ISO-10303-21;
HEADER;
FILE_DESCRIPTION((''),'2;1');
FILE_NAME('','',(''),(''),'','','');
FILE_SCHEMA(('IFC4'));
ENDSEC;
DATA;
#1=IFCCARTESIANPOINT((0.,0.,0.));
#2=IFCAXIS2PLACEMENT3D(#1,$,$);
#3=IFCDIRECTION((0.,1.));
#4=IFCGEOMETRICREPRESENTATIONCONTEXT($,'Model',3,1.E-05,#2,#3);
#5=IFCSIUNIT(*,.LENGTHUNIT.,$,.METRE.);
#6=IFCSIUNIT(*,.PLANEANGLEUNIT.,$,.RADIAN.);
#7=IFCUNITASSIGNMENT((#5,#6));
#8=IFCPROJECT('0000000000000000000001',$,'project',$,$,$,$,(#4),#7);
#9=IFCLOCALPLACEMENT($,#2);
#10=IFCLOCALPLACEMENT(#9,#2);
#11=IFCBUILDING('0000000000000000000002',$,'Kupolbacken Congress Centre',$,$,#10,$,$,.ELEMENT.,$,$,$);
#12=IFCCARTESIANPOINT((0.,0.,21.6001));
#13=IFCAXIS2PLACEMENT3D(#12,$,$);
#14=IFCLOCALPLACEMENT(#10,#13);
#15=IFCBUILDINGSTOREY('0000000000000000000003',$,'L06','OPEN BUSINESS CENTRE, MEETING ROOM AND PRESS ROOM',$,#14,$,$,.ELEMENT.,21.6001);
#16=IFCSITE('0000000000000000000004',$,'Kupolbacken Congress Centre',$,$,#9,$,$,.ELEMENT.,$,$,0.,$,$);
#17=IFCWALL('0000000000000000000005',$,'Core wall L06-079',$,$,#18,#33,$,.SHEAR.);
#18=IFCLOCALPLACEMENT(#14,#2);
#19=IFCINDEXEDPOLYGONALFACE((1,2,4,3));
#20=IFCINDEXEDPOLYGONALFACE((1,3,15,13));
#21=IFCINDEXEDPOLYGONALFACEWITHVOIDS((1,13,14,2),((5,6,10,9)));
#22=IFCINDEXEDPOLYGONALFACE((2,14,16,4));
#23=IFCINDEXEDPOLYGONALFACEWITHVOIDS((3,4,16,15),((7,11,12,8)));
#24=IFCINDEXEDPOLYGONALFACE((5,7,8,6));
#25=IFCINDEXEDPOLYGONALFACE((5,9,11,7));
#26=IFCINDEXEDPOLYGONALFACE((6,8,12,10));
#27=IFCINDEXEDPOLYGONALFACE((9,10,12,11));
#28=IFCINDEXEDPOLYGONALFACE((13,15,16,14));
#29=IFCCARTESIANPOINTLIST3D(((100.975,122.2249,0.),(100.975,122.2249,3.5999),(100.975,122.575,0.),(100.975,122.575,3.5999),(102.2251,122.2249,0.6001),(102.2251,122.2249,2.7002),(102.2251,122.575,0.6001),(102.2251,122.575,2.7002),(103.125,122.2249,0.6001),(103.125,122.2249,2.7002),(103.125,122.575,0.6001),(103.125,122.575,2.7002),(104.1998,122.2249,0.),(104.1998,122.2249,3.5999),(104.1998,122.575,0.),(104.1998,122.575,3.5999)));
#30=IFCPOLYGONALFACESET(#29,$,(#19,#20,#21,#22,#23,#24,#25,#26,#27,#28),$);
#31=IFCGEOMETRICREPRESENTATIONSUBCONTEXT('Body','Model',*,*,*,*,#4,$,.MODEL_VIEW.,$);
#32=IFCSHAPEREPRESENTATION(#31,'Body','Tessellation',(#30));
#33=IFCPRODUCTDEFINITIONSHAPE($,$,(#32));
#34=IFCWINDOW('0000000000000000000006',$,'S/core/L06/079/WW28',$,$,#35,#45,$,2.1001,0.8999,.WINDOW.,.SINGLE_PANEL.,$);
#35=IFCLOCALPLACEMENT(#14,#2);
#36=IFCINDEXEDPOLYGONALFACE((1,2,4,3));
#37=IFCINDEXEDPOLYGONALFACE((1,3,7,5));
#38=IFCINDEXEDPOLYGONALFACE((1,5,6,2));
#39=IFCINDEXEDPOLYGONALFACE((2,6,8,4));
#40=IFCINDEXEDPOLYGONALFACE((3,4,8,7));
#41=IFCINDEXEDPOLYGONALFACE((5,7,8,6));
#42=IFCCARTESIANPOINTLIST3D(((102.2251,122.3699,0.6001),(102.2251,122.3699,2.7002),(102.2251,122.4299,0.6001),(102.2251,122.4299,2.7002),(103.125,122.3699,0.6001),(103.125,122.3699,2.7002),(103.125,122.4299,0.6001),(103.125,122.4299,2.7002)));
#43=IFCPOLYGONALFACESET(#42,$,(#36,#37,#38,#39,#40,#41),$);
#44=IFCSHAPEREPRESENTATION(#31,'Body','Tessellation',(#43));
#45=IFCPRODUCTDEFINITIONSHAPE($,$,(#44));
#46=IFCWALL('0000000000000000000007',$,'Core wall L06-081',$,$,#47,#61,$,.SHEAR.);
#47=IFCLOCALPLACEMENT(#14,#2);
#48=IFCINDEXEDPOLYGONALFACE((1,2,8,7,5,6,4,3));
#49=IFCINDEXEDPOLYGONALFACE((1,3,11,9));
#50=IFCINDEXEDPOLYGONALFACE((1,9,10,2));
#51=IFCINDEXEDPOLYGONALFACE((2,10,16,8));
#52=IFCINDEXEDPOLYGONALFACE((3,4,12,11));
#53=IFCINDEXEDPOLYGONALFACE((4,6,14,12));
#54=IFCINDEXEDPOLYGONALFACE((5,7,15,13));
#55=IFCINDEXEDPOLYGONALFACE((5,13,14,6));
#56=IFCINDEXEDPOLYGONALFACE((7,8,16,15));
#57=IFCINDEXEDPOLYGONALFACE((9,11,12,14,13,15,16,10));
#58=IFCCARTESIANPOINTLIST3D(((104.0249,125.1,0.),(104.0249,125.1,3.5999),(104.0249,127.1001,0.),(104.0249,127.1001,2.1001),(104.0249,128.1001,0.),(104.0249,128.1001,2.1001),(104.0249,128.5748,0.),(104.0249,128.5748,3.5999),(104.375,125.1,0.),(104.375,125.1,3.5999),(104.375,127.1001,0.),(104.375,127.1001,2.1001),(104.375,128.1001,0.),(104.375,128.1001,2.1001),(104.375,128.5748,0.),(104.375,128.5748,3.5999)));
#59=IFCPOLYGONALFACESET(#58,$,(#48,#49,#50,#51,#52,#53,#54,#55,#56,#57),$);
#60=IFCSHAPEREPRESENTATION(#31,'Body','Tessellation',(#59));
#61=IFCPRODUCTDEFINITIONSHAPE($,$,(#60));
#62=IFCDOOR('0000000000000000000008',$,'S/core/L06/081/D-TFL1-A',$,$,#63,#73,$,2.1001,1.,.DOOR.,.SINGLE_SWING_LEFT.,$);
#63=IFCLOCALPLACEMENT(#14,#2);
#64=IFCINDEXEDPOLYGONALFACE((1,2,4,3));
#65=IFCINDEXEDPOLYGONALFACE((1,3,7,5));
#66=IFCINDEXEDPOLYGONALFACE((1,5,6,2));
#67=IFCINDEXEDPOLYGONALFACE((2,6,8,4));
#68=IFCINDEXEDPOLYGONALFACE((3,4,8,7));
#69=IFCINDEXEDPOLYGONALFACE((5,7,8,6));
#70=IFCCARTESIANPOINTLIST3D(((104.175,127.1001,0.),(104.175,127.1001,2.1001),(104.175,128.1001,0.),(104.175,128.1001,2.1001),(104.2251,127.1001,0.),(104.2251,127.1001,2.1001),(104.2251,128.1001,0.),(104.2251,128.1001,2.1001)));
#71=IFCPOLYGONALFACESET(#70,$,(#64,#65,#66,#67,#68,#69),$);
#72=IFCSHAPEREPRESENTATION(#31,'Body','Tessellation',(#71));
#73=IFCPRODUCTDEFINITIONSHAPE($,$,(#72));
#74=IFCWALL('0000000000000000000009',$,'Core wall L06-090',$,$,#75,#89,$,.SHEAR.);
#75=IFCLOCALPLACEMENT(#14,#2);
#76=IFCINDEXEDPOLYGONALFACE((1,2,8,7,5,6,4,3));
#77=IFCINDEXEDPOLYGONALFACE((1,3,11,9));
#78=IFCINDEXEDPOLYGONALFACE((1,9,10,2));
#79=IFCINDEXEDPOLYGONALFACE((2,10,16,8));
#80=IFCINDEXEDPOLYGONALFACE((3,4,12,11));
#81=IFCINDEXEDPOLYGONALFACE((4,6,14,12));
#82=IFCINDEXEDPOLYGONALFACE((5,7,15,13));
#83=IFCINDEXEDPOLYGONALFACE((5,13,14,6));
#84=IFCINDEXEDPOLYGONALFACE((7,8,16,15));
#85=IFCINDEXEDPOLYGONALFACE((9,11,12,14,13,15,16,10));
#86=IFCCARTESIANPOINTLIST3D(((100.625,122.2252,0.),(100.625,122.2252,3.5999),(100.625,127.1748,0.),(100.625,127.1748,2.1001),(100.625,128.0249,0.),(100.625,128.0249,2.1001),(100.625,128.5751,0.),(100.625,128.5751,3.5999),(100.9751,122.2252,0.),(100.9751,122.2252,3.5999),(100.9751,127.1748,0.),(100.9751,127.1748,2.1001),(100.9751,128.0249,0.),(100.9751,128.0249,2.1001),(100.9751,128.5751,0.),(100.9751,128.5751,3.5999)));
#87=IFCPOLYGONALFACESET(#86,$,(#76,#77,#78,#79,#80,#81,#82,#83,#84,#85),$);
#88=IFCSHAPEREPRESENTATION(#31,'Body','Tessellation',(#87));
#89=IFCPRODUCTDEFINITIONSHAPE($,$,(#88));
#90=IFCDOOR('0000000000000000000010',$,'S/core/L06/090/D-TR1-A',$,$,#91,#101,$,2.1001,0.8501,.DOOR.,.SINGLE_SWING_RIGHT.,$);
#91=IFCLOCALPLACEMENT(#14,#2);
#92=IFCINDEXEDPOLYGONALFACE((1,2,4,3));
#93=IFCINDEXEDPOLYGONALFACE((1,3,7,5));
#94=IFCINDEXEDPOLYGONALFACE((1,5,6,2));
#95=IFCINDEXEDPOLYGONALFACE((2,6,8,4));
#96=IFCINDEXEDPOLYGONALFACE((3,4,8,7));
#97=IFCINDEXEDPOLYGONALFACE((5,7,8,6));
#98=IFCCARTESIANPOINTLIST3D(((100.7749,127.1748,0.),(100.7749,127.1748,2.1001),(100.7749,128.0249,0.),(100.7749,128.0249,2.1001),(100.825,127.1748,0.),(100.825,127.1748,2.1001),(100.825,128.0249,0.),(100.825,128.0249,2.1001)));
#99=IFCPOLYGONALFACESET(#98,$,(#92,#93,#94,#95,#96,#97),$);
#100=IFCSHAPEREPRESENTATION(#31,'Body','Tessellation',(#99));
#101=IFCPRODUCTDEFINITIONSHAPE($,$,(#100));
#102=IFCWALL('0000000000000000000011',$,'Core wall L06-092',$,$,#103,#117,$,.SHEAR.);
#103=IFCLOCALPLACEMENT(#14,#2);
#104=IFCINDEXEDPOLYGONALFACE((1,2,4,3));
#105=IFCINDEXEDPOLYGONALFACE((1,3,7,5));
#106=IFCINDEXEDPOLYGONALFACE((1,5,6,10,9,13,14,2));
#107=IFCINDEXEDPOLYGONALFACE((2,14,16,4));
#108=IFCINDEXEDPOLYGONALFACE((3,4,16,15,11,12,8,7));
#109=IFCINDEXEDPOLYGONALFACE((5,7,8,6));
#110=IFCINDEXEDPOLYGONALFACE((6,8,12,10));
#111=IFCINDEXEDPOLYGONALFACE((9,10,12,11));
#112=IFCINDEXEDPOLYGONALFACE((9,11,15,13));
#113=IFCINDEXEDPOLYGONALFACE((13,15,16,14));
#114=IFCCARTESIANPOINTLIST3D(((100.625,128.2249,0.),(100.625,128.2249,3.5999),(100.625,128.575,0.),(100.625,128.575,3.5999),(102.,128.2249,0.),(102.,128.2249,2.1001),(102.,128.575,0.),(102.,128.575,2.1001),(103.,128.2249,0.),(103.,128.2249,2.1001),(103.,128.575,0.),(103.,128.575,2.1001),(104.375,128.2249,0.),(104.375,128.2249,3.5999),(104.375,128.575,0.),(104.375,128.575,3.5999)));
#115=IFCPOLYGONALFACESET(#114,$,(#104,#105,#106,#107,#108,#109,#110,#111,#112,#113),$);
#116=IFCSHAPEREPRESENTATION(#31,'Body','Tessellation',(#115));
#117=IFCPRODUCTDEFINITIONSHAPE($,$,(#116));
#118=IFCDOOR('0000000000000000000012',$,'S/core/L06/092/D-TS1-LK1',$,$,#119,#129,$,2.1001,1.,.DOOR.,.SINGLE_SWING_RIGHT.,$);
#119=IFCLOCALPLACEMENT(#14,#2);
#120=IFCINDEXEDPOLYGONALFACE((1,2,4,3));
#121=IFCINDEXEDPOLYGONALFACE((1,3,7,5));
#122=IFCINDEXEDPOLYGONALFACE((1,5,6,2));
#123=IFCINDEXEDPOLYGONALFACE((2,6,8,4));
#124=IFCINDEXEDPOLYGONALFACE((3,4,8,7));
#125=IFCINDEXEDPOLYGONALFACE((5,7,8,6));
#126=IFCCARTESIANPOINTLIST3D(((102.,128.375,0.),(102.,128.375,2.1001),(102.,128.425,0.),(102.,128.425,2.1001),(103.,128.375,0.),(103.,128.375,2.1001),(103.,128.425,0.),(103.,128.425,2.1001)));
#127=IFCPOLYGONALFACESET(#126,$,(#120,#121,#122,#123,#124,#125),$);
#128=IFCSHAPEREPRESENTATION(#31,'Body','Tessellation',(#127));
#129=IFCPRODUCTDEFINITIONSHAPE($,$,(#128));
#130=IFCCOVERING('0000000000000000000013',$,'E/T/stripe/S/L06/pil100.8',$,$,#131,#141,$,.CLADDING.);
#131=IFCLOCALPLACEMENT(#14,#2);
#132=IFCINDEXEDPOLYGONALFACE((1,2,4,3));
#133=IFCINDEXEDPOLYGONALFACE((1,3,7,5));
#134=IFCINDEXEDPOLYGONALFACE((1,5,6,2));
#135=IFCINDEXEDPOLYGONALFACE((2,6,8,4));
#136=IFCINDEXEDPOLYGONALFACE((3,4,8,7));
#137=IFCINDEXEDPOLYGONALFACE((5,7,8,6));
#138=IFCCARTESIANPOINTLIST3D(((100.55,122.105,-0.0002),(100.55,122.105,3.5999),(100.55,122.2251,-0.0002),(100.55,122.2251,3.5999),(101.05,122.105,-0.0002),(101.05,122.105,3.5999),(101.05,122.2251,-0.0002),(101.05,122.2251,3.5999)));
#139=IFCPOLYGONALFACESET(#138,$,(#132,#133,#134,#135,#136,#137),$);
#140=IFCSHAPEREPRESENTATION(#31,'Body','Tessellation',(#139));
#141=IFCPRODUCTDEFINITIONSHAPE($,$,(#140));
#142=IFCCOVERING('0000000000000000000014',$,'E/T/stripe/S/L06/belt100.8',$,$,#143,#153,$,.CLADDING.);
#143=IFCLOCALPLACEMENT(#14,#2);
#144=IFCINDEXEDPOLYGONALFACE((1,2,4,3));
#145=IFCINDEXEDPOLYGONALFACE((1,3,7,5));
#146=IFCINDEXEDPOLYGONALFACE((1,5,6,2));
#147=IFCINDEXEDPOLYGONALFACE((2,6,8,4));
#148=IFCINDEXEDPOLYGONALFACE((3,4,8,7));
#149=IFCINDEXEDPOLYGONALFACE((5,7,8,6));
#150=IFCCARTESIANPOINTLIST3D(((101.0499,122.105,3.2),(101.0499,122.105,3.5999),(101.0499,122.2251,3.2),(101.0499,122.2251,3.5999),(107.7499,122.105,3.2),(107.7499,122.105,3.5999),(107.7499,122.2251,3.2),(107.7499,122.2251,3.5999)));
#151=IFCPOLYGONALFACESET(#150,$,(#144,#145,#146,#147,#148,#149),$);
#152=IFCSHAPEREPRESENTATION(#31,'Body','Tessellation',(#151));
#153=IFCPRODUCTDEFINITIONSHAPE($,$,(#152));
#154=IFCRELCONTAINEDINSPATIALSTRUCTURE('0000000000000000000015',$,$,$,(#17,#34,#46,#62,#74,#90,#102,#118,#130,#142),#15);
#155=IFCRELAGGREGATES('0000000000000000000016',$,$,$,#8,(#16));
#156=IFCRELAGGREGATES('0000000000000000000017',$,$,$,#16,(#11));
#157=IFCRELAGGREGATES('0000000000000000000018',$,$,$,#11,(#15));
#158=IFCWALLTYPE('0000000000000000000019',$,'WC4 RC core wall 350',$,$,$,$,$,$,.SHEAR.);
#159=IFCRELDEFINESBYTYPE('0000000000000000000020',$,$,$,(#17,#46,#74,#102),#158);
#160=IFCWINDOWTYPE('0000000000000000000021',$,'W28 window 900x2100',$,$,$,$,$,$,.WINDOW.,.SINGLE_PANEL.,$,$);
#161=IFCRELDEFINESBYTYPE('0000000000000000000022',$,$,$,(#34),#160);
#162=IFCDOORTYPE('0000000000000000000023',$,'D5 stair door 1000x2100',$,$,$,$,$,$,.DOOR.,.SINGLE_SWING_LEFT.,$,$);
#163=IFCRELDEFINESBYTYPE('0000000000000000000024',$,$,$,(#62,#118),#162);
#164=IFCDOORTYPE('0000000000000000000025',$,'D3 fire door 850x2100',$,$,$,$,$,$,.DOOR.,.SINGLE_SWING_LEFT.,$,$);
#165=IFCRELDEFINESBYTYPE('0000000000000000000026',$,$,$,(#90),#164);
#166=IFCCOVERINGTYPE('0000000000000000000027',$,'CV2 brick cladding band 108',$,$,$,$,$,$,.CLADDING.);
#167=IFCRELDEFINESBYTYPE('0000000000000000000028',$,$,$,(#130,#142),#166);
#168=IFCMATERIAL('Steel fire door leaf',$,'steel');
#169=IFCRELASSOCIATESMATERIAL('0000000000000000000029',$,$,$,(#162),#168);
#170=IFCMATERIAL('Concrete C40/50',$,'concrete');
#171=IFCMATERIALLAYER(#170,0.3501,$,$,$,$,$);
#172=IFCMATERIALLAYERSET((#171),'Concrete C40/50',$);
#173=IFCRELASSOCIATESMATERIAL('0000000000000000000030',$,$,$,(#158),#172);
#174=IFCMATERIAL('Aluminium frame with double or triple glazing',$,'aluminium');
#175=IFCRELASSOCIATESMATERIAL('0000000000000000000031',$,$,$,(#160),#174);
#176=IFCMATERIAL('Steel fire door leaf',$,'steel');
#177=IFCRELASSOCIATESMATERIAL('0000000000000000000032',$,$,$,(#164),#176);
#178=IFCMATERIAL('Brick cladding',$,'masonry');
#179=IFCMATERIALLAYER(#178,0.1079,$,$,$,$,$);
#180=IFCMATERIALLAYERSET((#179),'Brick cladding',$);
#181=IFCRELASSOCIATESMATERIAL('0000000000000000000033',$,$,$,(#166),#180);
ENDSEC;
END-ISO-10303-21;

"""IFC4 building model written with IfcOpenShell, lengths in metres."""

from ifc_helpers import new_model, si_unit, direction, frame, frame_2d, origin, origin_2d, place, context, subcontext, project, spatial, rectangle, extrude, material, layer, layer_set, type_object, element, fill, save


model = new_model("IFC4")

# Units and contexts
model_context = context("Model", 3, precision=1e-05, world=origin(), true_north=direction((0.0, 1.0)))
body_context = subcontext(model_context, "Body", "Model", "MODEL_VIEW")
ifc_project = project(units=[si_unit("LENGTHUNIT", "METRE"), si_unit("PLANEANGLEUNIT", "RADIAN")], contexts=[model_context])

# Site, building, storey
site_placement = place(None, origin())
site = spatial("IfcSite", under=ifc_project, at=site_placement, Name="Kupolbacken Congress Centre", CompositionType="ELEMENT", RefElevation=0.0)
building_placement = place(site_placement, origin())
building = spatial("IfcBuilding", under=site, at=building_placement, Name="Kupolbacken Congress Centre", CompositionType="ELEMENT")
storey_placement = place(building_placement, frame((0.0, 0.0, 21.6001)))
storey = spatial("IfcBuildingStorey", under=building, at=storey_placement, Name="L06", Description="OPEN BUSINESS CENTRE, MEETING ROOM AND PRESS ROOM", CompositionType="ELEMENT", Elevation=21.6001)

# Shared definitions
ifc_material_1 = material(Name="Steel fire door leaf", Category="steel")
door_type_1 = type_object("IfcDoorType", Name="D5 stair door 1000x2100", OperationType="SINGLE_SWING_LEFT", PredefinedType="DOOR", material=ifc_material_1)

# Wall, opening, window
ifc_material_2 = material(Name="Concrete C40/50", Category="concrete")
ifc_layer_1 = layer(ifc_material_2, 0.3501)
ifc_layer_set_1 = layer_set([ifc_layer_1], Name="Concrete C40/50")
wall_type_1 = type_object("IfcWallType", Name="WC4 RC core wall 350", PredefinedType="SHEAR", material=ifc_layer_set_1)
wall_1_placement = place(storey_placement, frame((100.9751, 122.3999, 0.0), z_axis=(0.0, 0.0, 1.0), x_axis=(1.0, 0.0, 0.0)))
wall_1 = element("IfcWall", 1, at=wall_1_placement, inside=storey, type_object=wall_type_1, Name="Core wall L06-079", PredefinedType="SHEAR", context=body_context, shape_type="SweptSolid", body=[
    extrude(rectangle(XDim=3.2249, YDim=0.3501, at=frame_2d((1.6123, 0.0))), origin(), (0.0, 0.0, 1.0), 3.5999),
])
opening_1_placement = place(wall_1_placement, frame((1.25, 0.0, 0.6001)))
opening_1 = element("IfcOpeningElement", 2, at=opening_1_placement, cuts=wall_1, PredefinedType="OPENING", context=body_context, shape_type="SweptSolid", body=[
    extrude(rectangle(XDim=0.8999, YDim=2.1001, at=frame_2d((0.45, 1.05))), frame((0.0, 0.1851, 0.0), z_axis=(0.0, -1.0, 0.0), x_axis=(1.0, 0.0, 0.0)), (0.0, 0.0, 1.0), 0.3701),
])
ifc_material_3 = material(Name="Aluminium frame with double or triple glazing", Category="aluminium")
window_type = type_object("IfcWindowType", Name="W28 window 900x2100", PartitioningType="SINGLE_PANEL", PredefinedType="WINDOW", material=ifc_material_3)
window_placement = place(opening_1_placement, origin())
window = element("IfcWindow", 3, at=window_placement, inside=storey, type_object=window_type, Name="S/core/L06/079/WW28", OverallHeight=2.1001, OverallWidth=0.8999, PartitioningType="SINGLE_PANEL", PredefinedType="WINDOW", context=body_context, shape_type="SweptSolid", body=[
    extrude(rectangle(XDim=0.8999, YDim=2.1001, at=frame_2d((0.45, 1.05))), frame((0.0, 0.03, 0.0), z_axis=(0.0, -1.0, 0.0), x_axis=(1.0, 0.0, 0.0)), (0.0, 0.0, 1.0), 0.0601),
])
fill(opening_1, window)

# Walls, openings, doors
wall_2_placement = place(storey_placement, frame((104.2, 125.1001, 0.0), z_axis=(0.0, 0.0, 1.0), x_axis=(0.0, 1.0, 0.0)))
wall_2 = element("IfcWall", 4, at=wall_2_placement, inside=storey, type_object=wall_type_1, Name="Core wall L06-081", PredefinedType="SHEAR", context=body_context, shape_type="SweptSolid", body=[
    extrude(rectangle(XDim=3.4749, YDim=0.3501, at=frame_2d((1.7373, 0.0))), origin(), (0.0, 0.0, 1.0), 3.5999),
])
opening_2_placement = place(wall_2_placement, frame((2.0, 0.0, 0.0)))
opening_2 = element("IfcOpeningElement", 5, at=opening_2_placement, cuts=wall_2, PredefinedType="OPENING", context=body_context, shape_type="SweptSolid", body=[
    extrude(rectangle(XDim=1.0, YDim=2.1001, at=frame_2d((0.5, 1.05))), frame((0.0, 0.1851, 0.0), z_axis=(0.0, -1.0, 0.0), x_axis=(1.0, 0.0, 0.0)), (0.0, 0.0, 1.0), 0.3701),
])
door_1_placement = place(opening_2_placement, origin())
door_1 = element("IfcDoor", 6, at=door_1_placement, inside=storey, type_object=door_type_1, Name="S/core/L06/081/D-TFL1-A", OperationType="SINGLE_SWING_LEFT", OverallHeight=2.1001, OverallWidth=1.0, PredefinedType="DOOR", context=body_context, shape_type="SweptSolid", body=[
    extrude(rectangle(XDim=1.0, YDim=2.1001, at=frame_2d((0.5, 1.05))), frame((0.0, 0.0249, 0.0), z_axis=(0.0, -1.0, 0.0), x_axis=(1.0, 0.0, 0.0)), (0.0, 0.0, 1.0), 0.05),
])
fill(opening_2, door_1)
wall_3_placement = place(storey_placement, frame((100.8, 128.575, 0.0), z_axis=(0.0, 0.0, 1.0), x_axis=(0.0, -1.0, 0.0)))
wall_3 = element("IfcWall", 7, at=wall_3_placement, inside=storey, type_object=wall_type_1, Name="Core wall L06-090", PredefinedType="SHEAR", context=body_context, shape_type="SweptSolid", body=[
    extrude(rectangle(XDim=6.3499, YDim=0.3501, at=frame_2d((3.1748, 0.0))), origin(), (0.0, 0.0, 1.0), 3.5999),
])
opening_3_placement = place(wall_3_placement, frame((0.55, 0.0, 0.0)))
opening_3 = element("IfcOpeningElement", 8, at=opening_3_placement, cuts=wall_3, PredefinedType="OPENING", context=body_context, shape_type="SweptSolid", body=[
    extrude(rectangle(XDim=0.8501, YDim=2.1001, at=frame_2d((0.425, 1.05))), frame((0.0, 0.1851, 0.0), z_axis=(0.0, -1.0, 0.0), x_axis=(1.0, 0.0, 0.0)), (0.0, 0.0, 1.0), 0.3701),
])
ifc_material_4 = material(Name="Steel fire door leaf", Category="steel")
door_type_2 = type_object("IfcDoorType", Name="D3 fire door 850x2100", OperationType="SINGLE_SWING_LEFT", PredefinedType="DOOR", material=ifc_material_4)
door_2_placement = place(opening_3_placement, origin())
door_2 = element("IfcDoor", 9, at=door_2_placement, inside=storey, type_object=door_type_2, Name="S/core/L06/090/D-TR1-A", OperationType="SINGLE_SWING_RIGHT", OverallHeight=2.1001, OverallWidth=0.8501, PredefinedType="DOOR", context=body_context, shape_type="SweptSolid", body=[
    extrude(rectangle(XDim=0.8501, YDim=2.1001, at=frame_2d((0.425, 1.05))), frame((0.0, 0.0249, 0.0), z_axis=(0.0, -1.0, 0.0), x_axis=(1.0, 0.0, 0.0)), (0.0, 0.0, 1.0), 0.05),
])
fill(opening_3, door_2)
wall_4_placement = place(storey_placement, frame((104.375, 128.3999, 0.0), z_axis=(0.0, 0.0, 1.0), x_axis=(-1.0, 0.0, 0.0)))
wall_4 = element("IfcWall", 10, at=wall_4_placement, inside=storey, type_object=wall_type_1, Name="Core wall L06-092", PredefinedType="SHEAR", context=body_context, shape_type="SweptSolid", body=[
    extrude(rectangle(XDim=3.75, YDim=0.3501, at=frame_2d((1.875, 0.0))), origin(), (0.0, 0.0, 1.0), 3.5999),
])
opening_4_placement = place(wall_4_placement, frame((1.375, 0.0, 0.0)))
opening_4 = element("IfcOpeningElement", 11, at=opening_4_placement, cuts=wall_4, PredefinedType="OPENING", context=body_context, shape_type="SweptSolid", body=[
    extrude(rectangle(XDim=1.0, YDim=2.1001, at=frame_2d((0.5, 1.05))), frame((0.0, 0.1851, 0.0), z_axis=(0.0, -1.0, 0.0), x_axis=(1.0, 0.0, 0.0)), (0.0, 0.0, 1.0), 0.3701),
])
door_3_placement = place(opening_4_placement, origin())
door_3 = element("IfcDoor", 12, at=door_3_placement, inside=storey, type_object=door_type_1, Name="S/core/L06/092/D-TS1-LK1", OperationType="SINGLE_SWING_RIGHT", OverallHeight=2.1001, OverallWidth=1.0, PredefinedType="DOOR", context=body_context, shape_type="SweptSolid", body=[
    extrude(rectangle(XDim=1.0, YDim=2.1001, at=frame_2d((0.5, 1.05))), frame((0.0, 0.0249, 0.0), z_axis=(0.0, -1.0, 0.0), x_axis=(1.0, 0.0, 0.0)), (0.0, 0.0, 1.0), 0.05),
])
fill(opening_4, door_3)

# Coverings
ifc_material_5 = material(Name="Brick cladding", Category="masonry")
ifc_layer_2 = layer(ifc_material_5, 0.1079)
ifc_layer_set_2 = layer_set([ifc_layer_2], Name="Brick cladding")
covering_type = type_object("IfcCoveringType", Name="CV2 brick cladding band 108", PredefinedType="CLADDING", material=ifc_layer_set_2)
covering_1_placement = place(storey_placement, frame((100.8, 122.165, -0.0002), z_axis=(0.0, 0.0, 1.0), x_axis=(1.0, 0.0, 0.0)))
element("IfcCovering", 13, at=covering_1_placement, inside=storey, type_object=covering_type, Name="E/T/stripe/S/L06/pil100.8", PredefinedType="CLADDING", context=body_context, shape_type="SweptSolid", body=[
    extrude(rectangle(XDim=0.5, YDim=0.1201, at=origin_2d()), origin(), (0.0, 0.0, 1.0), 3.6001),
])
covering_2_placement = place(storey_placement, frame((104.3999, 122.165, 3.2), z_axis=(0.0, 0.0, 1.0), x_axis=(1.0, 0.0, 0.0)))
element("IfcCovering", 14, at=covering_2_placement, inside=storey, type_object=covering_type, Name="E/T/stripe/S/L06/belt100.8", PredefinedType="CLADDING", context=body_context, shape_type="SweptSolid", body=[
    extrude(rectangle(XDim=6.7, YDim=0.1201, at=origin_2d()), origin(), (0.0, 0.0, 1.0), 0.3999),
])

save(model, "model.ifc")
